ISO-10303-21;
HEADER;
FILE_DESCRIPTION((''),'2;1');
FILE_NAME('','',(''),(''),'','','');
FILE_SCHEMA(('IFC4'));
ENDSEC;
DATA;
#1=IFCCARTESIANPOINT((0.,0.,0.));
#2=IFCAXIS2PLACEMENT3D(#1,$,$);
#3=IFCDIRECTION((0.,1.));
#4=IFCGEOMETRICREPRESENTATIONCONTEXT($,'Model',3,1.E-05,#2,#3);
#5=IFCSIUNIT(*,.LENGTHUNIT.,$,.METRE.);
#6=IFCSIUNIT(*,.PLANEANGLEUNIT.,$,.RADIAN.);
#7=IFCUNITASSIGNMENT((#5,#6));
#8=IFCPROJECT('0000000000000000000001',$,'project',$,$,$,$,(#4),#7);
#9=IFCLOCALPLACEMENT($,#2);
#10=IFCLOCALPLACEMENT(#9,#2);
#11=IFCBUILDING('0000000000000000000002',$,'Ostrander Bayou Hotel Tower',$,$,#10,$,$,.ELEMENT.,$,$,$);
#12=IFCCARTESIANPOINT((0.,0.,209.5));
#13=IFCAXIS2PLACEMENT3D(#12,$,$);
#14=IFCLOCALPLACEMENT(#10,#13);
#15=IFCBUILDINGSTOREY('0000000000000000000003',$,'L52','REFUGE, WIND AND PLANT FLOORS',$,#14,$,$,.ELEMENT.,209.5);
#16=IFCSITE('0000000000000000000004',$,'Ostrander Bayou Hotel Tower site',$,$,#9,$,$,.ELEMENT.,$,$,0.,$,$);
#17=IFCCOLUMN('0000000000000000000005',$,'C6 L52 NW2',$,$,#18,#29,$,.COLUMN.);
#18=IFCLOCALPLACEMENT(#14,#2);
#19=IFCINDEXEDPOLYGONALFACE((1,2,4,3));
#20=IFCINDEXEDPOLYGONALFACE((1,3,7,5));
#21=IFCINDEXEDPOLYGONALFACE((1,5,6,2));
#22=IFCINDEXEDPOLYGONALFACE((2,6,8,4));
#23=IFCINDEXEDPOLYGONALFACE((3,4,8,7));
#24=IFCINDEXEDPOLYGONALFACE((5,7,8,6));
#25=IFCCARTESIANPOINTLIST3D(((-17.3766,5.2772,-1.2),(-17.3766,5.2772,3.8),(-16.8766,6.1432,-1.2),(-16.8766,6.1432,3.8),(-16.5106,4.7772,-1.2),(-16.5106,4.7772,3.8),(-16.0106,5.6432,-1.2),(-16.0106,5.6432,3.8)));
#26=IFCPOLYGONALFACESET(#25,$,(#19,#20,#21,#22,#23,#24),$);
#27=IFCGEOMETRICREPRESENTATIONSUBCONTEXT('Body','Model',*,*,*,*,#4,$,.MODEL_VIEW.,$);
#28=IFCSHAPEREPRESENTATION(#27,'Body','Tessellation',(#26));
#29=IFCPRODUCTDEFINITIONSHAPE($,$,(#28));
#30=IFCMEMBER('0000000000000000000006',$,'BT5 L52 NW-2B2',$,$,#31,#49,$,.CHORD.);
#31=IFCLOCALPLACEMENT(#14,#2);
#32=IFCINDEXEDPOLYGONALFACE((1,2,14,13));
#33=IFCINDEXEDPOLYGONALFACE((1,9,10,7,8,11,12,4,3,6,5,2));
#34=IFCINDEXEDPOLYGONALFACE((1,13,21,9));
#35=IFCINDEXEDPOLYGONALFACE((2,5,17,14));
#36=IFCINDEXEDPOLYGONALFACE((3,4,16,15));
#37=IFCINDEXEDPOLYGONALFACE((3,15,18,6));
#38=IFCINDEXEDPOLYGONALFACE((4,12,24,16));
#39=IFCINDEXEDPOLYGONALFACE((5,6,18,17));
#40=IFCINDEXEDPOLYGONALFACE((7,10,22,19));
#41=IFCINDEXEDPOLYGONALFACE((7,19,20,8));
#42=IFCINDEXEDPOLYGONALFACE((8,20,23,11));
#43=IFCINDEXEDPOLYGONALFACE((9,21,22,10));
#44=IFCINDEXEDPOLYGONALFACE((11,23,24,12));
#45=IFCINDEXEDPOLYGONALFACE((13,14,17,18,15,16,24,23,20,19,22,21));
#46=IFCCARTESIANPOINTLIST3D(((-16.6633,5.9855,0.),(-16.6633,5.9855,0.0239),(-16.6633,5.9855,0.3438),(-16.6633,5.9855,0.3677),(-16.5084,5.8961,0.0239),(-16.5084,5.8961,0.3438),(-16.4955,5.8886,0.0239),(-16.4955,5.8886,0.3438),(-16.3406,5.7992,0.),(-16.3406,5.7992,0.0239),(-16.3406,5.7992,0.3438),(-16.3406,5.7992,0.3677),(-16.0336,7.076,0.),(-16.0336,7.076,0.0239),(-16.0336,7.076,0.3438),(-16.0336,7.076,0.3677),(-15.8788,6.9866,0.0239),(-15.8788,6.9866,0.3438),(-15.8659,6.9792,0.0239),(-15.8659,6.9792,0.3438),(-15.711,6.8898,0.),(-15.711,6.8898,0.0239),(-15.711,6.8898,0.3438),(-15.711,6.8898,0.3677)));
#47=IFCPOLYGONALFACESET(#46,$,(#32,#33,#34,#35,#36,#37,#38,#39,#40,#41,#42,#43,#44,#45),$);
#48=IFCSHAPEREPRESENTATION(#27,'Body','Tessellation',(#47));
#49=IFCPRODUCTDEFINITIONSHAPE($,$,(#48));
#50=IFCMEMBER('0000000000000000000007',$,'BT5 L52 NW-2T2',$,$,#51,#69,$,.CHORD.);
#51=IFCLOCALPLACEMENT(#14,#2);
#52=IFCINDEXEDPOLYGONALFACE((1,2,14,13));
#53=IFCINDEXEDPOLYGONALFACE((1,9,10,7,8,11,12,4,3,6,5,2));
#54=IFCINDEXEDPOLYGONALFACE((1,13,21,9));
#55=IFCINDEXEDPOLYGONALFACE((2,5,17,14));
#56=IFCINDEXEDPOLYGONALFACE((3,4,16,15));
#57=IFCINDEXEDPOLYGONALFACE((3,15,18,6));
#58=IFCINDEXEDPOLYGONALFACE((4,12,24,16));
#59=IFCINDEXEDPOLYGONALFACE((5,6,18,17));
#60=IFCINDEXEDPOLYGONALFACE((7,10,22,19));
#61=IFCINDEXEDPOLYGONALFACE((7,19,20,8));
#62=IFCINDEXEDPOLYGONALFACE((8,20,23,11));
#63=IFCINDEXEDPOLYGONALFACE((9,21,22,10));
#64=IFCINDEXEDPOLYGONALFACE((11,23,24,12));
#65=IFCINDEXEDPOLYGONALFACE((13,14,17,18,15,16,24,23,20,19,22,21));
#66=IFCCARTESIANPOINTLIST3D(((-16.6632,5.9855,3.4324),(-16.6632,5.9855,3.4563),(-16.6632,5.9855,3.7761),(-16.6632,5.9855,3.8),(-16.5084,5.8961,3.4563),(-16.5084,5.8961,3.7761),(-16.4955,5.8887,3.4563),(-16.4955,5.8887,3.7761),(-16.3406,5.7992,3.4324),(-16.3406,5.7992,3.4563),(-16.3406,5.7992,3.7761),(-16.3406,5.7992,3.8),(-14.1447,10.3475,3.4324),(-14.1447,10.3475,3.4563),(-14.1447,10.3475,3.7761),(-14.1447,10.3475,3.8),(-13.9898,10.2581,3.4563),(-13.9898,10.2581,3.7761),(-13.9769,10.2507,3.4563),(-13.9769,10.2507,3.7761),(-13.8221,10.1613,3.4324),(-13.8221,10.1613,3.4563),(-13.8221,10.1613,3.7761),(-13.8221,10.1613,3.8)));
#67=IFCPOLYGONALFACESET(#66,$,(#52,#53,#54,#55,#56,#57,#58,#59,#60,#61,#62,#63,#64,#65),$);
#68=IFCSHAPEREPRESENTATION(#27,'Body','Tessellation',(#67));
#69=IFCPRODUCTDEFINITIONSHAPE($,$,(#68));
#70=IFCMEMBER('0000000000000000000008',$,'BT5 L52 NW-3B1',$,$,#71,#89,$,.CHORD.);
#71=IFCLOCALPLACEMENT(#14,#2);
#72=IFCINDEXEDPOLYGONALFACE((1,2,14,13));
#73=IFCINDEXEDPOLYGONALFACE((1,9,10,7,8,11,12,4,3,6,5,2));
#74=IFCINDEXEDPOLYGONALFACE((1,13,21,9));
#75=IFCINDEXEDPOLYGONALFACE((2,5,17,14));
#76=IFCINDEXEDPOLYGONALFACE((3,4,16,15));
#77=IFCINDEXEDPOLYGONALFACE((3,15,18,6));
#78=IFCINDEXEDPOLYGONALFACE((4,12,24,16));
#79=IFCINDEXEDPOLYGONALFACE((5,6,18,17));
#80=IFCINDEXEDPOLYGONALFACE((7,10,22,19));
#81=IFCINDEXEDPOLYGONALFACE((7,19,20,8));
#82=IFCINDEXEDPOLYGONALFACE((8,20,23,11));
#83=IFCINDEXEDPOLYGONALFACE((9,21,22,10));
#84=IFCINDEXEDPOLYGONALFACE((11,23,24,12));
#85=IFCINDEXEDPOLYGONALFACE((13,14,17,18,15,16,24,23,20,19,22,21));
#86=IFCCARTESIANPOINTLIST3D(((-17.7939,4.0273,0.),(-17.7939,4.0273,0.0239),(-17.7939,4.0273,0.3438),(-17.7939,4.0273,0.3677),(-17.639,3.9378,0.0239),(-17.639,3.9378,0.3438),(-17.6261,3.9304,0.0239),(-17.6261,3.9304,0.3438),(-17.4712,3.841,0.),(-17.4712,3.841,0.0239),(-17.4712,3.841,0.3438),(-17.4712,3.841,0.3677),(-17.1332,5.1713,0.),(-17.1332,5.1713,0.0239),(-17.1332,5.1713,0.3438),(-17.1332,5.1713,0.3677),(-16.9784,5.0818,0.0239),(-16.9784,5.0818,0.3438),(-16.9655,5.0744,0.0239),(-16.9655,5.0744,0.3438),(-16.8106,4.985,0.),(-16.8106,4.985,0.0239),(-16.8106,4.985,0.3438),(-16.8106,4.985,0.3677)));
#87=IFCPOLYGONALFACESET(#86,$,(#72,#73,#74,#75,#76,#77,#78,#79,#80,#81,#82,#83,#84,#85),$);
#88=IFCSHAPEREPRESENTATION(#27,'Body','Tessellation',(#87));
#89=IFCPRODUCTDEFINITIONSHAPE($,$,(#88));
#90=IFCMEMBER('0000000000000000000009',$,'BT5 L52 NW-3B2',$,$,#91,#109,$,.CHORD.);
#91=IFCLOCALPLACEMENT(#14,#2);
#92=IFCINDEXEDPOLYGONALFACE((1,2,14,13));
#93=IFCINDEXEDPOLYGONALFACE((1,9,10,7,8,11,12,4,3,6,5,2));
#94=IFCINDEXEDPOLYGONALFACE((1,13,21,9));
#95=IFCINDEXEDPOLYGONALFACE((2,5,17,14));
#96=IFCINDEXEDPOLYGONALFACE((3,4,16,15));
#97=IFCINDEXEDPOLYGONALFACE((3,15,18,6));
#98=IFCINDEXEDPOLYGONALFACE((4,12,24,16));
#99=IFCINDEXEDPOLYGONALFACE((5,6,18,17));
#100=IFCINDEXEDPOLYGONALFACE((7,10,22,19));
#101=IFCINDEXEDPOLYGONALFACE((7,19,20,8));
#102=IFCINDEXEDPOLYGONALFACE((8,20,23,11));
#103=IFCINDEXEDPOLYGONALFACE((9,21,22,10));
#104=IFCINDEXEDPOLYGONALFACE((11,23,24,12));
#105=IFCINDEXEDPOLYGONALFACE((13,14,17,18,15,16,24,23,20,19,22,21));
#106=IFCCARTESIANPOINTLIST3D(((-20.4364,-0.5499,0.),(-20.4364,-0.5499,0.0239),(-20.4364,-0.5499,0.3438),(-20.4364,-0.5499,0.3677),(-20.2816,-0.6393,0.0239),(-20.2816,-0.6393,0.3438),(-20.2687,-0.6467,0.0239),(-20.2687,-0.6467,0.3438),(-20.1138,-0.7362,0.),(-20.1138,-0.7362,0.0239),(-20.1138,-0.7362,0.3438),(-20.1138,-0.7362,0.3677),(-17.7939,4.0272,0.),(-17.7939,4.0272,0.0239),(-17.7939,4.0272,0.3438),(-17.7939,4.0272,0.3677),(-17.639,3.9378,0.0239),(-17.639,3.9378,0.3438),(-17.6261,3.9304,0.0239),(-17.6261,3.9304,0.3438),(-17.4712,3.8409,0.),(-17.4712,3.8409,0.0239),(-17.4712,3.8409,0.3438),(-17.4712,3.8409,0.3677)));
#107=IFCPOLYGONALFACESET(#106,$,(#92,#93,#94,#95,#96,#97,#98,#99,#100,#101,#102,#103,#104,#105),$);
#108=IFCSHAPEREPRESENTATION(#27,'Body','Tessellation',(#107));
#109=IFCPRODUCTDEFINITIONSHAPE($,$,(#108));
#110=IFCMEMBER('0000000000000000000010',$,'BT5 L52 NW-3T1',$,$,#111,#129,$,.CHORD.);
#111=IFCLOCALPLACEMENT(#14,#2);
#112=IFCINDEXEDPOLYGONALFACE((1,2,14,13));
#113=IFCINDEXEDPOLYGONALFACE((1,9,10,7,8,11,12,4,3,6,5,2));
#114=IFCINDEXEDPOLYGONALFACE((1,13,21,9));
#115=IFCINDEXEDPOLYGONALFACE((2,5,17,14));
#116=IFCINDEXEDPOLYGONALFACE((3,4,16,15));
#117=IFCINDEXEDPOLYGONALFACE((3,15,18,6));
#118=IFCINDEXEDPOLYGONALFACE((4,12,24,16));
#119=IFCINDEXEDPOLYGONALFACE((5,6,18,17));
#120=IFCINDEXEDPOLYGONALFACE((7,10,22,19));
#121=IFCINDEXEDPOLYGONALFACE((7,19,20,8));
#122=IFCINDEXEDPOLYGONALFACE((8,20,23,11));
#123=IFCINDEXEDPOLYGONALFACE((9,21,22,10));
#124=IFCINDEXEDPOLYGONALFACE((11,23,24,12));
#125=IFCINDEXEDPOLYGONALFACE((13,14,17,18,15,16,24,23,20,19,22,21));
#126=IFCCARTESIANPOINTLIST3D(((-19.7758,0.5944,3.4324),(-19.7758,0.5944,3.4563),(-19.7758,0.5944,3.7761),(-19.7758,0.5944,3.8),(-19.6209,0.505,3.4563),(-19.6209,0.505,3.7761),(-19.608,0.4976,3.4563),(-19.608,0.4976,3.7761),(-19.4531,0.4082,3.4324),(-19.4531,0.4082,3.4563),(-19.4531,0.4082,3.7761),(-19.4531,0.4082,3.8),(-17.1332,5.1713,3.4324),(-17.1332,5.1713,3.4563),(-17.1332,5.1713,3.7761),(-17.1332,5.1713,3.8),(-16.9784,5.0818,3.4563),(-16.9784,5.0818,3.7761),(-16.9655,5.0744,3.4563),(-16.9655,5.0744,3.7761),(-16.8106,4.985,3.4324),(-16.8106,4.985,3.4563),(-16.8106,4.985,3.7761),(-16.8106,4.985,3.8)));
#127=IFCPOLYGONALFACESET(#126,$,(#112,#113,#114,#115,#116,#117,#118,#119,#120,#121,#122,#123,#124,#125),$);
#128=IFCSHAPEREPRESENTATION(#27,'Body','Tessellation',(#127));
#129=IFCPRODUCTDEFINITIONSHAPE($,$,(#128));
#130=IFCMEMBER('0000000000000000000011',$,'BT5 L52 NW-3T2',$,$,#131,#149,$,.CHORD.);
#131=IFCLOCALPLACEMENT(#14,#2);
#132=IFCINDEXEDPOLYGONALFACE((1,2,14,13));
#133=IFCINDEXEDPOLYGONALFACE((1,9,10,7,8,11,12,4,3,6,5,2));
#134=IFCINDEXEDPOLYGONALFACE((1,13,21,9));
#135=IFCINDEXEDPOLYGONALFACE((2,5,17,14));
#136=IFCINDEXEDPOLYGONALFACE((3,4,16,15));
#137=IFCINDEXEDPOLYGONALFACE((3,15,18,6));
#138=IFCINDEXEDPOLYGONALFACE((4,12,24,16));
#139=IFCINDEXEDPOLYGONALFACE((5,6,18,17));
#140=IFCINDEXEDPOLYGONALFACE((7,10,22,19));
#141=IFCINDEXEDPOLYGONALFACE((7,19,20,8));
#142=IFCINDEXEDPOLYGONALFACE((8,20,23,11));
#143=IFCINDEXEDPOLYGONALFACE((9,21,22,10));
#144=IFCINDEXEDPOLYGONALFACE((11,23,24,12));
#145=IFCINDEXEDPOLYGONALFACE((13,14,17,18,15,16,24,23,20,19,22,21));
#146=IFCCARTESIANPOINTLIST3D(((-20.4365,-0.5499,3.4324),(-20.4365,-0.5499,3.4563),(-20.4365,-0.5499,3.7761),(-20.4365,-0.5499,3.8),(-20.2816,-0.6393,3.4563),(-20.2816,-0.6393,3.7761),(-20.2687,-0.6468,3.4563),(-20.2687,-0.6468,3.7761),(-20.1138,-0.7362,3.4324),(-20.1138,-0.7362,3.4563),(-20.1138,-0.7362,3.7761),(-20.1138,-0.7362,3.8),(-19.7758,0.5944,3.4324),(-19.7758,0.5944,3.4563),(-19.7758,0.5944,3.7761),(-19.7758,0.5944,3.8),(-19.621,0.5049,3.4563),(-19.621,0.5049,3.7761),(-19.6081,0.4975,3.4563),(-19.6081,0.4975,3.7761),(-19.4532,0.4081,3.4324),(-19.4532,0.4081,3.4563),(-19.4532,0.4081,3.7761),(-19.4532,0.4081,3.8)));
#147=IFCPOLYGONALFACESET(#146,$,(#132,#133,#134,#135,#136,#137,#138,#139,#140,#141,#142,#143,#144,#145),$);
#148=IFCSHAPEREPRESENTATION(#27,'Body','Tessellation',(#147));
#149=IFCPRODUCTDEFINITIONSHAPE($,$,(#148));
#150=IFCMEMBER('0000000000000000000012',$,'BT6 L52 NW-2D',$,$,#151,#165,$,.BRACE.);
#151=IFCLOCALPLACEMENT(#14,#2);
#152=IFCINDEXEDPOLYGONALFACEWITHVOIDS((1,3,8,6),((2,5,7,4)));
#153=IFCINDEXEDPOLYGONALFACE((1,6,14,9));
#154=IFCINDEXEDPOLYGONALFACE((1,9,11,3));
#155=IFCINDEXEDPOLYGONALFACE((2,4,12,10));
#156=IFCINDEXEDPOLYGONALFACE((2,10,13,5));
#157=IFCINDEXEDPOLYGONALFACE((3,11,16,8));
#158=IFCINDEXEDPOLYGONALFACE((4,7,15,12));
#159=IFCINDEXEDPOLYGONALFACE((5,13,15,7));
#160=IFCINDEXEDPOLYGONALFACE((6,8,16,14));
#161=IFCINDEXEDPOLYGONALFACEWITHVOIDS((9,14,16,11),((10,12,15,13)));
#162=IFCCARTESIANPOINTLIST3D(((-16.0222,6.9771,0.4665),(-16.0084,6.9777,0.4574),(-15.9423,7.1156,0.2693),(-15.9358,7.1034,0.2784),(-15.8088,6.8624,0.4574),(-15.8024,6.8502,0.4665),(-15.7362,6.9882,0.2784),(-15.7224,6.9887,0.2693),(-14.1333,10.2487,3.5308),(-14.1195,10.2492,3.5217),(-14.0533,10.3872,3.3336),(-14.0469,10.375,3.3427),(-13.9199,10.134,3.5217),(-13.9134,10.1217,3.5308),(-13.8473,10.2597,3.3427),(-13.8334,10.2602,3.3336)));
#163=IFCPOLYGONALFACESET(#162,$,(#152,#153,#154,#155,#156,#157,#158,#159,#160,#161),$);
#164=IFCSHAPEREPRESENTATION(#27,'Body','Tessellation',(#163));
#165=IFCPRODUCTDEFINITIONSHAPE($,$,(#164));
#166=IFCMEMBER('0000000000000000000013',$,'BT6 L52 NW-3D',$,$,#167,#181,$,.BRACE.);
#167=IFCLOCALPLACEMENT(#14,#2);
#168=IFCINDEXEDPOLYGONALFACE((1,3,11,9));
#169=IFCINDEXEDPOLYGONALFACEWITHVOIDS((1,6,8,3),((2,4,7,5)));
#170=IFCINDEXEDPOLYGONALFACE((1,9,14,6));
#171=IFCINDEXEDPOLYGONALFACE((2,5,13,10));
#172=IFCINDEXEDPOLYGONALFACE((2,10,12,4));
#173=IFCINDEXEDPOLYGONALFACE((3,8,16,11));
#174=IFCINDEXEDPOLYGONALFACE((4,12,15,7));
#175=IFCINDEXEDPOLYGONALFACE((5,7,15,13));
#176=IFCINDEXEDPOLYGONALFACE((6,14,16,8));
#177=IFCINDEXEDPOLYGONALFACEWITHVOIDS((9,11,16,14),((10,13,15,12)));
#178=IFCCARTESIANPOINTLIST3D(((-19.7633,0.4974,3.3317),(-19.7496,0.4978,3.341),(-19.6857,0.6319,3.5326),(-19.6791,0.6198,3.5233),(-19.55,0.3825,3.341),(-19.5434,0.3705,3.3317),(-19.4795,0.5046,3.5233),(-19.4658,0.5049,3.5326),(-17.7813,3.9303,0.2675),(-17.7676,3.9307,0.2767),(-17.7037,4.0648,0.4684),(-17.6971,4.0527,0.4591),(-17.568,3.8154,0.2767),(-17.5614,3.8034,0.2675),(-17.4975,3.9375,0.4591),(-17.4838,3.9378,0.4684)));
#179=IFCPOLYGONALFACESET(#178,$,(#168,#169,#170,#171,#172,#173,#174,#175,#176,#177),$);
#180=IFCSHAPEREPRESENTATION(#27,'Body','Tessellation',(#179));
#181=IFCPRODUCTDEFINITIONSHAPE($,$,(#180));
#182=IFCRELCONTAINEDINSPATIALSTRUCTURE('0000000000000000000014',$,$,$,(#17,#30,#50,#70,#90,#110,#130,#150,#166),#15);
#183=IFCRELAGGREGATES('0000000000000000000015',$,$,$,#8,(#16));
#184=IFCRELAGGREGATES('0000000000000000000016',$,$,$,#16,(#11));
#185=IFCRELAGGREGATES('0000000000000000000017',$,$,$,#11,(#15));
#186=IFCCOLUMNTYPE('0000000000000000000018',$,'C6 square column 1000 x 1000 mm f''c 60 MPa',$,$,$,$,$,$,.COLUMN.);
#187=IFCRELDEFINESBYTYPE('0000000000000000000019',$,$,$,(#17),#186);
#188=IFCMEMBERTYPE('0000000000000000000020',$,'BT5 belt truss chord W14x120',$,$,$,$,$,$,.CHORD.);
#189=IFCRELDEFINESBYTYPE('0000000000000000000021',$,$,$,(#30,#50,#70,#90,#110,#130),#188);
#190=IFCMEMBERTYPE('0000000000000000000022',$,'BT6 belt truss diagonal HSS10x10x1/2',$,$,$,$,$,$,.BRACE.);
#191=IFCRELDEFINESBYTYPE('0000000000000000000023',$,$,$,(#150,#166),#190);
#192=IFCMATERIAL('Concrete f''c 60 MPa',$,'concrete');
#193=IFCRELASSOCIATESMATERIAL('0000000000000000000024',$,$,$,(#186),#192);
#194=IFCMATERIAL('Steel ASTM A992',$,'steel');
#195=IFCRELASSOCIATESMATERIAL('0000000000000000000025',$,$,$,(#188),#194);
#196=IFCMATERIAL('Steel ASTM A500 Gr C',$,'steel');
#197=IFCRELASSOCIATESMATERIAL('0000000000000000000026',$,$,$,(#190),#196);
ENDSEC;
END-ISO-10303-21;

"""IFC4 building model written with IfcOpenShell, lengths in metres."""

from ifc_helpers import new_model, si_unit, direction, frame, origin, origin_2d, place, context, subcontext, project, spatial, rectangle, hollow_rectangle, i_section, extrude, material, material_profile, profile_set, type_object, element, save


model = new_model("IFC4")

# Units and contexts
model_context = context("Model", 3, precision=1e-05, world=origin(), true_north=direction((0.0, 1.0)))
body_context = subcontext(model_context, "Body", "Model", "MODEL_VIEW")
ifc_project = project(units=[si_unit("LENGTHUNIT", "METRE"), si_unit("PLANEANGLEUNIT", "RADIAN")], contexts=[model_context])

# Site, building, storey
site_placement = place(None, origin())
site = spatial("IfcSite", under=ifc_project, at=site_placement, Name="Ostrander Bayou Hotel Tower site", CompositionType="ELEMENT", RefElevation=0.0)
building_placement = place(site_placement, origin())
building = spatial("IfcBuilding", under=site, at=building_placement, Name="Ostrander Bayou Hotel Tower", CompositionType="ELEMENT")
storey_placement = place(building_placement, frame((0.0, 0.0, 209.5)))
storey = spatial("IfcBuildingStorey", under=building, at=storey_placement, Name="L52", Description="REFUGE, WIND AND PLANT FLOORS", CompositionType="ELEMENT", Elevation=209.5)

# Column
ifc_material_1 = material(Name="Concrete f'c 60 MPa", Category="concrete")
ifc_material_profile_1 = material_profile(ifc_material_1, rectangle(XDim=1.0, YDim=1.0, at=origin_2d()))
ifc_profile_set_1 = profile_set([ifc_material_profile_1], Name="Concrete f'c 60 MPa")
column_type = type_object("IfcColumnType", Name="C6 square column 1000 x 1000 mm f'c 60 MPa", PredefinedType="COLUMN", material=ifc_profile_set_1)
column_placement = place(storey_placement, frame((-16.6936, 5.4602, -1.2), z_axis=(0.0, 0.0, 1.0), x_axis=(0.5, 0.866025, 0.0)))
element("IfcColumn", 1, at=column_placement, inside=storey, type_object=column_type, Name="C6 L52 NW2", PredefinedType="COLUMN", context=body_context, shape_type="SweptSolid", body=[
    extrude(rectangle(XDim=1.0, YDim=1.0, at=origin_2d()), origin(), (0.0, 0.0, 1.0), 5.0),
])

# Members
ifc_material_2 = material(Name="Steel ASTM A992", Category="steel")
ifc_material_profile_2 = material_profile(ifc_material_2, i_section(OverallWidth=0.3726, OverallDepth=0.3677, WebThickness=0.0149, FlangeThickness=0.0239, at=origin_2d()))
ifc_profile_set_2 = profile_set([ifc_material_profile_2], Name="Steel ASTM A992")
member_type_1 = type_object("IfcMemberType", Name="BT5 belt truss chord W14x120", PredefinedType="CHORD", material=ifc_profile_set_2)
member_1_placement = place(storey_placement, frame((-15.8723, 6.9829, 0.1838), z_axis=(-0.499997, -0.866027, 0.0), x_axis=(0.866027, -0.499997, 0.0)))
element("IfcMember", 2, at=member_1_placement, inside=storey, type_object=member_type_1, Name="BT5 L52 NW-2B2", PredefinedType="CHORD", context=body_context, shape_type="SweptSolid", body=[
    extrude(i_section(OverallWidth=0.3726, OverallDepth=0.3677, WebThickness=0.0149, FlangeThickness=0.0239, at=origin_2d()), origin(), (0.0, 0.0, 1.0), 1.2593),
])
member_2_placement = place(storey_placement, frame((-13.9834, 10.2544, 3.6162), z_axis=(-0.500018, -0.866015, 0.0), x_axis=(0.866015, -0.500018, 0.0)))
element("IfcMember", 3, at=member_2_placement, inside=storey, type_object=member_type_1, Name="BT5 L52 NW-2T2", PredefinedType="CHORD", context=body_context, shape_type="SweptSolid", body=[
    extrude(i_section(OverallWidth=0.3726, OverallDepth=0.3677, WebThickness=0.0149, FlangeThickness=0.0239, at=origin_2d()), origin(), (0.0, 0.0, 1.0), 5.0369),
])
member_3_placement = place(storey_placement, frame((-16.9719, 5.0781, 0.1838), z_axis=(-0.500074, -0.865982, 0.0), x_axis=(0.865982, -0.500074, 0.0)))
element("IfcMember", 4, at=member_3_placement, inside=storey, type_object=member_type_1, Name="BT5 L52 NW-3B1", PredefinedType="CHORD", context=body_context, shape_type="SweptSolid", body=[
    extrude(i_section(OverallWidth=0.3726, OverallDepth=0.3677, WebThickness=0.0149, FlangeThickness=0.0239, at=origin_2d()), origin(), (0.0, 0.0, 1.0), 1.321),
])
member_4_placement = place(storey_placement, frame((-17.6326, 3.9341, 0.1838), z_axis=(-0.499994, -0.866029, 0.0), x_axis=(0.866029, -0.499994, 0.0)))
element("IfcMember", 5, at=member_4_placement, inside=storey, type_object=member_type_1, Name="BT5 L52 NW-3B2", PredefinedType="CHORD", context=body_context, shape_type="SweptSolid", body=[
    extrude(i_section(OverallWidth=0.3726, OverallDepth=0.3677, WebThickness=0.0149, FlangeThickness=0.0239, at=origin_2d()), origin(), (0.0, 0.0, 1.0), 5.2852),
])
member_5_placement = place(storey_placement, frame((-16.9719, 5.0781, 3.6162), z_axis=(-0.500014, -0.866017, 0.0), x_axis=(0.866017, -0.500014, 0.0)))
element("IfcMember", 6, at=member_5_placement, inside=storey, type_object=member_type_1, Name="BT5 L52 NW-3T1", PredefinedType="CHORD", context=body_context, shape_type="SweptSolid", body=[
    extrude(i_section(OverallWidth=0.3726, OverallDepth=0.3677, WebThickness=0.0149, FlangeThickness=0.0239, at=origin_2d()), origin(), (0.0, 0.0, 1.0), 5.2849),
])
member_6_placement = place(storey_placement, frame((-19.6145, 0.5012, 3.6162), z_axis=(-0.499994, -0.866029, 0.0), x_axis=(0.866029, -0.499994, 0.0)))
element("IfcMember", 7, at=member_6_placement, inside=storey, type_object=member_type_1, Name="BT5 L52 NW-3T2", PredefinedType="CHORD", context=body_context, shape_type="SweptSolid", body=[
    extrude(i_section(OverallWidth=0.3726, OverallDepth=0.3677, WebThickness=0.0149, FlangeThickness=0.0239, at=origin_2d()), origin(), (0.0, 0.0, 1.0), 1.3213),
])
ifc_material_3 = material(Name="Steel ASTM A500 Gr C", Category="steel")
ifc_material_profile_3 = material_profile(ifc_material_3, hollow_rectangle(XDim=0.2539, YDim=0.2539, WallThickness=0.0117, at=origin_2d()))
ifc_profile_set_3 = profile_set([ifc_material_profile_3], Name="Steel ASTM A500 Gr C")
member_type_2 = type_object("IfcMemberType", Name="BT6 belt truss diagonal HSS10x10x1/2", PredefinedType="BRACE", material=ifc_profile_set_3)
member_7_placement = place(storey_placement, frame((-15.8723, 6.9829, 0.3679), z_axis=(0.388334, 0.67257, 0.629957), x_axis=(-0.866011, 0.500025, 0.0)))
element("IfcMember", 8, at=member_7_placement, inside=storey, type_object=member_type_2, Name="BT6 L52 NW-2D", PredefinedType="BRACE", context=body_context, shape_type="SweptSolid", body=[
    extrude(hollow_rectangle(XDim=0.2539, YDim=0.2539, WallThickness=0.0117, at=origin_2d()), origin(), (0.0, 0.0, 1.0), 4.8643),
])
member_8_placement = place(storey_placement, frame((-17.6326, 3.9341, 0.3679), z_axis=(-0.395581, -0.685176, 0.611596), x_axis=(0.866029, -0.499994, 0.0)))
element("IfcMember", 9, at=member_8_placement, inside=storey, type_object=member_type_2, Name="BT6 L52 NW-3D", PredefinedType="BRACE", context=body_context, shape_type="SweptSolid", body=[
    extrude(hollow_rectangle(XDim=0.2539, YDim=0.2539, WallThickness=0.0117, at=origin_2d()), origin(), (0.0, 0.0, 1.0), 5.0103),
])

save(model, "model.ifc")
